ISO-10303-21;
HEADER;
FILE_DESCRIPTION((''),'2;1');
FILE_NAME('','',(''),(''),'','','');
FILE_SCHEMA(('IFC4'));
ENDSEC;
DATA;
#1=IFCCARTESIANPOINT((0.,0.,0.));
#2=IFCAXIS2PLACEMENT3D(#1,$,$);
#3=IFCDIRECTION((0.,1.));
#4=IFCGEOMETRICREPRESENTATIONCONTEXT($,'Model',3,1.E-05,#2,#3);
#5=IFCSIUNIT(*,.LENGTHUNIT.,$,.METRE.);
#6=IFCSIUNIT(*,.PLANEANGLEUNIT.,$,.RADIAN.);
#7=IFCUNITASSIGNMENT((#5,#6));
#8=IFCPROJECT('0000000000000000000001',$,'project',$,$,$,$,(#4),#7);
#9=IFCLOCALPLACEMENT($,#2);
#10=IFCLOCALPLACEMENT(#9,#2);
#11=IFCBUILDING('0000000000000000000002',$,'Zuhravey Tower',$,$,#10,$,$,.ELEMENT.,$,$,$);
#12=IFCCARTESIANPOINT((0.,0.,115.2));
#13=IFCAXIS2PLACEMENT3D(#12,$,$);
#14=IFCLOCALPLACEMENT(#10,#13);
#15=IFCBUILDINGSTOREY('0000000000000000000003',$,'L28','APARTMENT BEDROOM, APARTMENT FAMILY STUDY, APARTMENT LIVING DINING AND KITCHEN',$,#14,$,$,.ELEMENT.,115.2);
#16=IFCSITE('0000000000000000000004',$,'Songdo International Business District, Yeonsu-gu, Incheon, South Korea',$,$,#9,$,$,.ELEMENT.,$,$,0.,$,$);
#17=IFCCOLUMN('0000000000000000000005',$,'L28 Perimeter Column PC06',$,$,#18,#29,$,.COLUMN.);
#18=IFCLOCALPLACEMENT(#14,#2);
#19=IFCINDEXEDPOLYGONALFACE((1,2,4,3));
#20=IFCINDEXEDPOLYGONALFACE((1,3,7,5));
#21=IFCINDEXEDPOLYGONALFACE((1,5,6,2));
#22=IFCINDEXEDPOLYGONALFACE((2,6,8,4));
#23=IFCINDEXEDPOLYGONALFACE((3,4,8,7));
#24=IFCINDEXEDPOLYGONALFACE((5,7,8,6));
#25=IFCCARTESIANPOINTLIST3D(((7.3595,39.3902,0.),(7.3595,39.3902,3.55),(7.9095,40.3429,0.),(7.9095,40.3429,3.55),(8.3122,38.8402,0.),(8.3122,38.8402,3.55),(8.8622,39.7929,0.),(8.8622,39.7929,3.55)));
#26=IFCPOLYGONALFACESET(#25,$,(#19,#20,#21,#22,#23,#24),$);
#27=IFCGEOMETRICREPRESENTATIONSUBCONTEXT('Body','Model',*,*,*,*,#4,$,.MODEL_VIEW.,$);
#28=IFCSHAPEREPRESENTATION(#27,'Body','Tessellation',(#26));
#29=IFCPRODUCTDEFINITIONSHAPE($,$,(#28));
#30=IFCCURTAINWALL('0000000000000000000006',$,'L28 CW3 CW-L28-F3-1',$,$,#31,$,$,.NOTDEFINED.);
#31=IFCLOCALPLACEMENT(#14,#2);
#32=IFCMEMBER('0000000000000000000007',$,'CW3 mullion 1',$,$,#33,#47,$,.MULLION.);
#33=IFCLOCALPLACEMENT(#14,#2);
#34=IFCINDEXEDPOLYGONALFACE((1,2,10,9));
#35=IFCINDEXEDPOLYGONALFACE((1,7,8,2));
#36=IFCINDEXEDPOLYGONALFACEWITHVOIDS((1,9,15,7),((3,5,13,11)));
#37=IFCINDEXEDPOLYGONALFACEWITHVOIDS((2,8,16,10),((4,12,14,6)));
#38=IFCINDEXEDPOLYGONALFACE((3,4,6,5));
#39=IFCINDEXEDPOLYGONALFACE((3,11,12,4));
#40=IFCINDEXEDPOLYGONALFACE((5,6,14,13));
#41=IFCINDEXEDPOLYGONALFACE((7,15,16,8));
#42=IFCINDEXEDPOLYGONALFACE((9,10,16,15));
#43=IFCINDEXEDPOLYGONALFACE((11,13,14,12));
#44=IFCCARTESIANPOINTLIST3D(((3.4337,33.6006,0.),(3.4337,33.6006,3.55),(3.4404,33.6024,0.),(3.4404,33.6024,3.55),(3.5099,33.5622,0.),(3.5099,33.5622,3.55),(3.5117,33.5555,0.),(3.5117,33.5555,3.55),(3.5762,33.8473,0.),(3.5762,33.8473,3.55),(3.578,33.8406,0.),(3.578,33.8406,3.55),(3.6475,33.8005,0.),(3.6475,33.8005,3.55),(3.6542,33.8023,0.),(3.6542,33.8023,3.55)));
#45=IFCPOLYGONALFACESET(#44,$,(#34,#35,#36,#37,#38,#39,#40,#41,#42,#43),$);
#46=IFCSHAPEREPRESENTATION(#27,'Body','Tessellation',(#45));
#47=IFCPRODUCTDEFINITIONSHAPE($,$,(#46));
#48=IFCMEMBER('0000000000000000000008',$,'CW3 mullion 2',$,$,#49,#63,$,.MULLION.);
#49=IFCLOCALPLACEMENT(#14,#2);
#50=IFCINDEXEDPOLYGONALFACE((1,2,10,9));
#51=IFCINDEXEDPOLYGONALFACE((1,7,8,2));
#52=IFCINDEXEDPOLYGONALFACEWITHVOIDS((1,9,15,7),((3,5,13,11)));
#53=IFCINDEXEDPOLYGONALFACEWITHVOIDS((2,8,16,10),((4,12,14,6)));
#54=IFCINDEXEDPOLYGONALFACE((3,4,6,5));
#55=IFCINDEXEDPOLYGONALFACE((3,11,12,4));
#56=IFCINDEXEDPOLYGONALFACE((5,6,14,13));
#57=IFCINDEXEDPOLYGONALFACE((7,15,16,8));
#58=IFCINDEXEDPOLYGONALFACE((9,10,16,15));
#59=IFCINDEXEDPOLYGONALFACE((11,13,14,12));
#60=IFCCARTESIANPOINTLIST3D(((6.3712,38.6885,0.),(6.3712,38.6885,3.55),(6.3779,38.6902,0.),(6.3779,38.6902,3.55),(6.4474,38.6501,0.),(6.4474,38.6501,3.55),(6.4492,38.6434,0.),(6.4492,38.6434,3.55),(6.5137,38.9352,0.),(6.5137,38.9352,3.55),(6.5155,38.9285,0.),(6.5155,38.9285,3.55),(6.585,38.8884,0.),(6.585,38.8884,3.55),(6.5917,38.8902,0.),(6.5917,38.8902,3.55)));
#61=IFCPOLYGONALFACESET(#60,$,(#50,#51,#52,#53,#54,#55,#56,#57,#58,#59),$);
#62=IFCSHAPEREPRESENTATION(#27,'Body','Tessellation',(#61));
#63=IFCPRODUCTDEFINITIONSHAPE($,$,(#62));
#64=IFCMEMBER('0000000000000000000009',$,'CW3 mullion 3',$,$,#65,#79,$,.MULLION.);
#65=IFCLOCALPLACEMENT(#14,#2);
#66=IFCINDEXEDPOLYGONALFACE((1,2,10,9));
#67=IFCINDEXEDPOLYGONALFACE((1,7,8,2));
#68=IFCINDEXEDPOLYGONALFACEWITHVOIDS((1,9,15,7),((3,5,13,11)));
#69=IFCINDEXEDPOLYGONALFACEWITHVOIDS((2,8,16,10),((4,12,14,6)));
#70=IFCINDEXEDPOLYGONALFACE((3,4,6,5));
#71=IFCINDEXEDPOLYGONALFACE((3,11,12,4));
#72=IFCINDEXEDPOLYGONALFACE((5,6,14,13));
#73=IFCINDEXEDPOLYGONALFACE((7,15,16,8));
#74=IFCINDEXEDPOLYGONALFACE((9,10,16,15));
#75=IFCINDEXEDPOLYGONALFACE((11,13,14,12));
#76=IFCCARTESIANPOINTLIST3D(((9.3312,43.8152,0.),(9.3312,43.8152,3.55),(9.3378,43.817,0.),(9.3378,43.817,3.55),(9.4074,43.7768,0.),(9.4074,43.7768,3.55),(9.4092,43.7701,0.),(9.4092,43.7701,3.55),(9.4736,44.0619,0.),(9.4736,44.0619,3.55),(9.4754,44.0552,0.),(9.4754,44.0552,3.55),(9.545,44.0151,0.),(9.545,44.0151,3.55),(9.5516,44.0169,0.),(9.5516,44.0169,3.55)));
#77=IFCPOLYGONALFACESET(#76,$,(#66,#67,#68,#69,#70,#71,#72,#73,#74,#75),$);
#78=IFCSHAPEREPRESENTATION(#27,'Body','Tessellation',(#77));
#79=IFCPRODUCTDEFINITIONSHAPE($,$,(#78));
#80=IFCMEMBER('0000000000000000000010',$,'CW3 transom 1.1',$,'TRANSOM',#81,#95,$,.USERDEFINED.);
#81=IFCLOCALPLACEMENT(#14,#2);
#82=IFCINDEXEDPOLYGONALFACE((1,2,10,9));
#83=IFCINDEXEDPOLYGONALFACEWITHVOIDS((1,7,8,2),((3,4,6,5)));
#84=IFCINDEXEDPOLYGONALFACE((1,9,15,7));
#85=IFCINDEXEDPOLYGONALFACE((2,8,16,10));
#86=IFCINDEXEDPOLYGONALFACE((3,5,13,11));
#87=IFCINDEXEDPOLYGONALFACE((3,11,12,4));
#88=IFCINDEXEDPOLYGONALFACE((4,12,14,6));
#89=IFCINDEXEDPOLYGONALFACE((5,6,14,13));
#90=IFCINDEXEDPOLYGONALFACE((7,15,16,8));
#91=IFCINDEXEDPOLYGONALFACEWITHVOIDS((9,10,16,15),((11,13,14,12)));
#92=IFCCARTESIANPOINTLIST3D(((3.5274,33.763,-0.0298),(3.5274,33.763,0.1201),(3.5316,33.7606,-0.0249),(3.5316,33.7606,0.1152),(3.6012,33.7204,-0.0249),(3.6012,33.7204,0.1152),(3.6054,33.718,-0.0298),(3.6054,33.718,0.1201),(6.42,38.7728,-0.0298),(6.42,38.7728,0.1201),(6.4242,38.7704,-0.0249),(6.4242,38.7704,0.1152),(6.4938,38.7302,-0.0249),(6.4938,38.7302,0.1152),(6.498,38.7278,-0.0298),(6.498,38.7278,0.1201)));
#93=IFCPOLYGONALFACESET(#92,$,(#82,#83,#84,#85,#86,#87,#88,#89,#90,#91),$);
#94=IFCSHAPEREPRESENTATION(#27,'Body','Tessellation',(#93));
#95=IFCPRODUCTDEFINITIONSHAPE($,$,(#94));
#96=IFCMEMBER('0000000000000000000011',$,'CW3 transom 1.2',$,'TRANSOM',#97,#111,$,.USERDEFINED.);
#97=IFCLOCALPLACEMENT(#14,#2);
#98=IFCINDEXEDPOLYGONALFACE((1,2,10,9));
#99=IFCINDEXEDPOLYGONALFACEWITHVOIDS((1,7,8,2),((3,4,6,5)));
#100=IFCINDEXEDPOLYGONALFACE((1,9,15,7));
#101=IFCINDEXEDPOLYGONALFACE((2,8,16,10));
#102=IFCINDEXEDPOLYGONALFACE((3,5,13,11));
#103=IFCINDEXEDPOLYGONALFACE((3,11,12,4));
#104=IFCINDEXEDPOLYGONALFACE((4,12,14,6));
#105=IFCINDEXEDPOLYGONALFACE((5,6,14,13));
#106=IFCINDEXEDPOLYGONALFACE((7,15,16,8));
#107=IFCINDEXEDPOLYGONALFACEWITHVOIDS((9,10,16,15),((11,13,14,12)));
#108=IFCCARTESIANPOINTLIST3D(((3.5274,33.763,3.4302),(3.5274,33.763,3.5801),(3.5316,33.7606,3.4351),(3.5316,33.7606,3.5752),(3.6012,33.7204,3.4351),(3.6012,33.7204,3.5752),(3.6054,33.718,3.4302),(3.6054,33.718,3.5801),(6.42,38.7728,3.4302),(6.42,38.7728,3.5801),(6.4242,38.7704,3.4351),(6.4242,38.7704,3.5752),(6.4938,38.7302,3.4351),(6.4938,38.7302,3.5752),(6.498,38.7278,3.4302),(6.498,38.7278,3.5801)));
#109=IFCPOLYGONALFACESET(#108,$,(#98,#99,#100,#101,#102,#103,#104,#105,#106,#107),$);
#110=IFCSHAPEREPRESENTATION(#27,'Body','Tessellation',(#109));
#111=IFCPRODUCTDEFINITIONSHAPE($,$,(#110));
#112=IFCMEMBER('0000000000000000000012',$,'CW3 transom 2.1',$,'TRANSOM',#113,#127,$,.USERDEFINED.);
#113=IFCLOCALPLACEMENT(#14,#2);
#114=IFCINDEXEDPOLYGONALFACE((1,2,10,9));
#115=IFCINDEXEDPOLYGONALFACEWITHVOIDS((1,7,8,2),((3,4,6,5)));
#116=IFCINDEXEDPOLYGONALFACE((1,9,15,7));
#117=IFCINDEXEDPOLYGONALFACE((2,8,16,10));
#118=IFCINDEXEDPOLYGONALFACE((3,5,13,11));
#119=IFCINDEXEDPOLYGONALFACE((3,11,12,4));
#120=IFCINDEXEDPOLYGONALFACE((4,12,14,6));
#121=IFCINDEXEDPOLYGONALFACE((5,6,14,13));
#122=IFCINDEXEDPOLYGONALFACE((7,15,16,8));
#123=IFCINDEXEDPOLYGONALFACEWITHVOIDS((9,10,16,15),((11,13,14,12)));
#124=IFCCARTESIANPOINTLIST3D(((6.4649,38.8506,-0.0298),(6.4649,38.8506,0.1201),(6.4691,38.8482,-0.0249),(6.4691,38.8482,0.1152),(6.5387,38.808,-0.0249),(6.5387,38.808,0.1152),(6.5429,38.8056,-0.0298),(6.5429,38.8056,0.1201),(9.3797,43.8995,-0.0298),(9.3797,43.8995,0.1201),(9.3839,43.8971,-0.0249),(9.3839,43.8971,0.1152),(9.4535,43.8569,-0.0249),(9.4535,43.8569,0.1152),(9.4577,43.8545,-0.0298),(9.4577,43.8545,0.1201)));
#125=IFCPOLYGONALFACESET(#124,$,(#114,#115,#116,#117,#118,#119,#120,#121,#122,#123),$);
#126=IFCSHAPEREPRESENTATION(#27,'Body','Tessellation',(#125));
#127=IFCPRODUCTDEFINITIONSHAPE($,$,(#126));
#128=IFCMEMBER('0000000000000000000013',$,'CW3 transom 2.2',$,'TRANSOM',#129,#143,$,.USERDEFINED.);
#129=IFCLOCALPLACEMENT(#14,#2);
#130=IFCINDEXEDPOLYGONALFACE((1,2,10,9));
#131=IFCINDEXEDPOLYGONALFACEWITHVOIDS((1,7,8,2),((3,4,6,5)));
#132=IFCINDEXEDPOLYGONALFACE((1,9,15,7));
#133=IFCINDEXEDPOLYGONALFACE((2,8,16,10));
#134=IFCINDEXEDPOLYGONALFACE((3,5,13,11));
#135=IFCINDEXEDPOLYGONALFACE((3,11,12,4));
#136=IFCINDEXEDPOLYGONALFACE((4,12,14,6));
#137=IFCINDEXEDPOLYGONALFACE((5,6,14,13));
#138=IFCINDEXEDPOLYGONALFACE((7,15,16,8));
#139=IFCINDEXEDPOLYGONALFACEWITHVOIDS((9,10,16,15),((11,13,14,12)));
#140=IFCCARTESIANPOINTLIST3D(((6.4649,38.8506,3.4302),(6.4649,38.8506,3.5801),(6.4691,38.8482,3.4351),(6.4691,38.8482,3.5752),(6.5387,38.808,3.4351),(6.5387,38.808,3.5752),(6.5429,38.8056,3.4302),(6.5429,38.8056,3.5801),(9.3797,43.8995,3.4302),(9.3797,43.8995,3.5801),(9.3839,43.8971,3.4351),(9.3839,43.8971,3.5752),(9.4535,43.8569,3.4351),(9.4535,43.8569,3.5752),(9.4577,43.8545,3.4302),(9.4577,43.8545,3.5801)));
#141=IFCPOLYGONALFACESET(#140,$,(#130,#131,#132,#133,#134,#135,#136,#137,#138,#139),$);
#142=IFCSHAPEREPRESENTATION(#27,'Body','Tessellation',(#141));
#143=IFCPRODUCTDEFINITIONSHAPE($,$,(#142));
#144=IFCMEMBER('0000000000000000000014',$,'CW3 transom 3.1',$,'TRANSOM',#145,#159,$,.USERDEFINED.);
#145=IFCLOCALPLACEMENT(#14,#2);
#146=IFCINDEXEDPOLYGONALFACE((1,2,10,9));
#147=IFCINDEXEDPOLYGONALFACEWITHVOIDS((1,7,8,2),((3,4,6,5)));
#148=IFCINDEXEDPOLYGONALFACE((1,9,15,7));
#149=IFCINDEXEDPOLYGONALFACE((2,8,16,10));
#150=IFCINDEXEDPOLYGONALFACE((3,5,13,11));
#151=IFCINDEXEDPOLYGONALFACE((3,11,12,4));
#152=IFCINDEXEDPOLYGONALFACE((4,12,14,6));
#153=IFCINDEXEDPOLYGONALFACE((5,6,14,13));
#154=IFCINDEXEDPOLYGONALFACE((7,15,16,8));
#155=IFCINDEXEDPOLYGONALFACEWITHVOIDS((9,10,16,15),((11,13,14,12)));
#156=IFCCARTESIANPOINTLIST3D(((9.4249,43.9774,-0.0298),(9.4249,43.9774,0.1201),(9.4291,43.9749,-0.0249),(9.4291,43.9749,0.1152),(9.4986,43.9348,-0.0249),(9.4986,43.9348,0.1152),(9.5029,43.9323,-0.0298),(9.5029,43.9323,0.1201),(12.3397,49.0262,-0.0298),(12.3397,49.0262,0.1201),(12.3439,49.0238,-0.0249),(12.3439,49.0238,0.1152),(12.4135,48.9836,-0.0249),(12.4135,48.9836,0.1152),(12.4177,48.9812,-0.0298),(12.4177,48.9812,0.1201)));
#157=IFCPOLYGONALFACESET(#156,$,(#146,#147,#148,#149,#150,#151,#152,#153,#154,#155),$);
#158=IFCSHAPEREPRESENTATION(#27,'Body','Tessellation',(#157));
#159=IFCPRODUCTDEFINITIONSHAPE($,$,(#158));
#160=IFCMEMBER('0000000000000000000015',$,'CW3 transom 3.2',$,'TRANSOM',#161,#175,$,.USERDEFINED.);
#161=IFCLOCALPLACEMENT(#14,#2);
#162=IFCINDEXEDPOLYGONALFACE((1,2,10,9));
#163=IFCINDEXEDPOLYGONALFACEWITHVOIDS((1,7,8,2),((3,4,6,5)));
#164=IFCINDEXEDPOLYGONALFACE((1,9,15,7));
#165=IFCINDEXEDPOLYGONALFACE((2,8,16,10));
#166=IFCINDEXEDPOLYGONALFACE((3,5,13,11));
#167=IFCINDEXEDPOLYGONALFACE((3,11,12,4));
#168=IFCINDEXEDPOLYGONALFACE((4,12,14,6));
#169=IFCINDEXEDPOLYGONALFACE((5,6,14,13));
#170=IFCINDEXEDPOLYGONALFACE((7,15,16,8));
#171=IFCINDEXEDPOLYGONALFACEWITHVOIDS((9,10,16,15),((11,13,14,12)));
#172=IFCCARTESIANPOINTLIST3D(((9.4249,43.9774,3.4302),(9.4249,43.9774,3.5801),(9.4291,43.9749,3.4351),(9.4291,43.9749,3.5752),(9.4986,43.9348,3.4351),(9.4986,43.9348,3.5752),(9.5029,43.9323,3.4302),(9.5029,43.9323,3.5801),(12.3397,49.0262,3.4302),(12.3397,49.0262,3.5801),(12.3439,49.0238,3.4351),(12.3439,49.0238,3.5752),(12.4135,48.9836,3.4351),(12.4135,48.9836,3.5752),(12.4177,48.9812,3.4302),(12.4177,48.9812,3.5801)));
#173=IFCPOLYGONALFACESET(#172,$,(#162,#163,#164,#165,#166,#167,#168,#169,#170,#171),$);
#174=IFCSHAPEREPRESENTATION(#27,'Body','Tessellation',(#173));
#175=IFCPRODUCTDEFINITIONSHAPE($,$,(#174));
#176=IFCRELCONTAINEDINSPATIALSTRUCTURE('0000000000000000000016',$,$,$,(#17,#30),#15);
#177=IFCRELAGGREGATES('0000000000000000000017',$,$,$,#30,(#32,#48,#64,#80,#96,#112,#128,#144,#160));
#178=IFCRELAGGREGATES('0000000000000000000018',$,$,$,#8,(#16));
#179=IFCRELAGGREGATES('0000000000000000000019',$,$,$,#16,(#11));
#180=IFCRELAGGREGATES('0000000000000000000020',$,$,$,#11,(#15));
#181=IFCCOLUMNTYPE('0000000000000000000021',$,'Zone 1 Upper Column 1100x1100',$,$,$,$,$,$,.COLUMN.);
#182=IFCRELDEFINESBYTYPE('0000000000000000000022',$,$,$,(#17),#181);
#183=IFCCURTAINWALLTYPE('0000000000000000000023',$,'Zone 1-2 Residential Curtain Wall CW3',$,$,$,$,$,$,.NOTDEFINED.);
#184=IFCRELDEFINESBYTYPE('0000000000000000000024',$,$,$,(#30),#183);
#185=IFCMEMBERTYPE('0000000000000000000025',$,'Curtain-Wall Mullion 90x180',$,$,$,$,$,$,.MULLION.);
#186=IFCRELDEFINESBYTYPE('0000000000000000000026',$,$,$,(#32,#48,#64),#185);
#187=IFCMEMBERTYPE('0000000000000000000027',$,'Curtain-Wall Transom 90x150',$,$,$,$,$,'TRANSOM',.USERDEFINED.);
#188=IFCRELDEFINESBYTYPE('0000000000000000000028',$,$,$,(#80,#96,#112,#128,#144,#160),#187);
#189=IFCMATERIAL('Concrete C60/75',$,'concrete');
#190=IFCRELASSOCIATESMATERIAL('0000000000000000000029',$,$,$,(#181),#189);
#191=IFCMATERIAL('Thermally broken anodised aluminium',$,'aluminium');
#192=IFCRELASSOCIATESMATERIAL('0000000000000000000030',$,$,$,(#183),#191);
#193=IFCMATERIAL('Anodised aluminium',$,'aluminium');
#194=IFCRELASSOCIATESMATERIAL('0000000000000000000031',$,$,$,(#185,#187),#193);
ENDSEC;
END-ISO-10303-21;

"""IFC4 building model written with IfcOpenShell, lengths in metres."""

from ifc_helpers import new_model, si_unit, direction, frame, origin, origin_2d, place, context, subcontext, project, spatial, rectangle, hollow_rectangle, extrude, material, material_profile, profile_set, type_object, element, aggregate, save


model = new_model("IFC4")

# Units and contexts
model_context = context("Model", 3, precision=1e-05, world=origin(), true_north=direction((0.0, 1.0)))
body_context = subcontext(model_context, "Body", "Model", "MODEL_VIEW")
ifc_project = project(units=[si_unit("LENGTHUNIT", "METRE"), si_unit("PLANEANGLEUNIT", "RADIAN")], contexts=[model_context])

# Site, building, storey
site_placement = place(None, origin())
site = spatial("IfcSite", under=ifc_project, at=site_placement, Name="Songdo International Business District, Yeonsu-gu, Incheon, South Korea", CompositionType="ELEMENT", RefElevation=0.0)
building_placement = place(site_placement, origin())
building = spatial("IfcBuilding", under=site, at=building_placement, Name="Zuhravey Tower", CompositionType="ELEMENT")
storey_placement = place(building_placement, frame((0.0, 0.0, 115.2)))
storey = spatial("IfcBuildingStorey", under=building, at=storey_placement, Name="L28", Description="APARTMENT BEDROOM, APARTMENT FAMILY STUDY, APARTMENT LIVING DINING AND KITCHEN", CompositionType="ELEMENT", Elevation=115.2)

# Column
ifc_material_1 = material(Name="Concrete C60/75", Category="concrete")
ifc_material_profile_1 = material_profile(ifc_material_1, rectangle(XDim=1.1001, YDim=1.1001, at=origin_2d()), Name="RC-1100x1100")
ifc_profile_set_1 = profile_set([ifc_material_profile_1], Name="Concrete C60/75")
column_type = type_object("IfcColumnType", Name="Zone 1 Upper Column 1100x1100", PredefinedType="COLUMN", material=ifc_profile_set_1)
column_placement = place(storey_placement, frame((8.1108, 39.5916, 0.0), z_axis=(0.0, 0.0, 1.0), x_axis=(-0.5, -0.866025, 0.0)))
element("IfcColumn", 1, at=column_placement, inside=storey, type_object=column_type, Name="L28 Perimeter Column PC06", PredefinedType="COLUMN", context=body_context, shape_type="SweptSolid", body=[
    extrude(rectangle(XDim=1.1001, YDim=1.1001, at=origin_2d()), origin(), (0.0, 0.0, 1.0), 3.55),
])

# Curtain wall, members
ifc_material_2 = material(Name="Thermally broken anodised aluminium", Category="aluminium")
curtain_wall_type = type_object("IfcCurtainWallType", Name="Zone 1-2 Residential Curtain Wall CW3", PredefinedType="NOTDEFINED", material=ifc_material_2)
curtain_wall_placement = place(storey_placement, origin())
curtain_wall = element("IfcCurtainWall", 2, at=curtain_wall_placement, inside=storey, type_object=curtain_wall_type, Name="L28 CW3 CW-L28-F3-1", PredefinedType="NOTDEFINED")
ifc_material_3 = material(Name="Anodised aluminium", Category="aluminium")
ifc_material_profile_2 = material_profile(ifc_material_3, hollow_rectangle(XDim=0.0901, YDim=0.2849, WallThickness=0.0049, at=origin_2d()), Name="ALU-RHS-90x285x5")
ifc_profile_set_2 = profile_set([ifc_material_profile_2], Name="Anodised aluminium")
member_type_1 = type_object("IfcMemberType", Name="Curtain-Wall Mullion 90x180", PredefinedType="MULLION", material=ifc_profile_set_2)
member_1_placement = place(storey_placement, frame((3.5439, 33.7014, 0.0), z_axis=(0.0, 0.0, 1.0), x_axis=(-0.866026, 0.5, 0.0)))
member_1 = element("IfcMember", 3, at=member_1_placement, type_object=member_type_1, Name="CW3 mullion 1", PredefinedType="MULLION", context=body_context, shape_type="SweptSolid", body=[
    extrude(hollow_rectangle(XDim=0.0901, YDim=0.2849, WallThickness=0.0049, at=origin_2d()), origin(), (0.0, 0.0, 1.0), 3.55),
])
member_2_placement = place(storey_placement, frame((6.4814, 38.7893, 0.0), z_axis=(0.0, 0.0, 1.0), x_axis=(-0.866026, 0.5, 0.0)))
member_2 = element("IfcMember", 4, at=member_2_placement, type_object=member_type_1, Name="CW3 mullion 2", PredefinedType="MULLION", context=body_context, shape_type="SweptSolid", body=[
    extrude(hollow_rectangle(XDim=0.0901, YDim=0.2849, WallThickness=0.0049, at=origin_2d()), origin(), (0.0, 0.0, 1.0), 3.55),
])
member_3_placement = place(storey_placement, frame((9.4414, 43.916, 0.0), z_axis=(0.0, 0.0, 1.0), x_axis=(-0.866026, 0.5, 0.0)))
member_3 = element("IfcMember", 5, at=member_3_placement, type_object=member_type_1, Name="CW3 mullion 3", PredefinedType="MULLION", context=body_context, shape_type="SweptSolid", body=[
    extrude(hollow_rectangle(XDim=0.0901, YDim=0.2849, WallThickness=0.0049, at=origin_2d()), origin(), (0.0, 0.0, 1.0), 3.55),
])
ifc_material_profile_3 = material_profile(ifc_material_3, hollow_rectangle(XDim=0.0901, YDim=0.1499, WallThickness=0.0049, at=origin_2d()), Name="ALU-RHS-90x150x5")
ifc_profile_set_3 = profile_set([ifc_material_profile_3], Name="Anodised aluminium")
member_type_2 = type_object("IfcMemberType", Name="Curtain-Wall Transom 90x150", ElementType="TRANSOM", PredefinedType="USERDEFINED", material=ifc_profile_set_3)
member_4_placement = place(storey_placement, frame((3.5664, 33.7405, 0.0452), z_axis=(0.500024, 0.866011, 0.0), x_axis=(-0.866011, 0.500024, 0.0)))
member_4 = element("IfcMember", 6, at=member_4_placement, type_object=member_type_2, Name="CW3 transom 1.1", ObjectType="TRANSOM", PredefinedType="USERDEFINED", context=body_context, shape_type="SweptSolid", body=[
    extrude(hollow_rectangle(XDim=0.0901, YDim=0.1499, WallThickness=0.0049, at=origin_2d()), origin(), (0.0, 0.0, 1.0), 5.7849),
])
member_5_placement = place(storey_placement, frame((3.5664, 33.7405, 3.5051), z_axis=(0.500024, 0.866011, 0.0), x_axis=(-0.866011, 0.500024, 0.0)))
member_5 = element("IfcMember", 7, at=member_5_placement, type_object=member_type_2, Name="CW3 transom 1.2", ObjectType="TRANSOM", PredefinedType="USERDEFINED", context=body_context, shape_type="SweptSolid", body=[
    extrude(hollow_rectangle(XDim=0.0901, YDim=0.1499, WallThickness=0.0049, at=origin_2d()), origin(), (0.0, 0.0, 1.0), 5.7849),
])
member_6_placement = place(storey_placement, frame((6.5039, 38.8281, 0.0452), z_axis=(0.499981, 0.866036, 0.0), x_axis=(-0.866036, 0.499981, 0.0)))
member_6 = element("IfcMember", 8, at=member_6_placement, type_object=member_type_2, Name="CW3 transom 2.1", ObjectType="TRANSOM", PredefinedType="USERDEFINED", context=body_context, shape_type="SweptSolid", body=[
    extrude(hollow_rectangle(XDim=0.0901, YDim=0.1499, WallThickness=0.0049, at=origin_2d()), origin(), (0.0, 0.0, 1.0), 5.8298),
])
member_7_placement = place(storey_placement, frame((6.5039, 38.8281, 3.5051), z_axis=(0.499981, 0.866036, 0.0), x_axis=(-0.866036, 0.499981, 0.0)))
member_7 = element("IfcMember", 9, at=member_7_placement, type_object=member_type_2, Name="CW3 transom 2.2", ObjectType="TRANSOM", PredefinedType="USERDEFINED", context=body_context, shape_type="SweptSolid", body=[
    extrude(hollow_rectangle(XDim=0.0901, YDim=0.1499, WallThickness=0.0049, at=origin_2d()), origin(), (0.0, 0.0, 1.0), 5.8298),
])
member_8_placement = place(storey_placement, frame((9.4639, 43.9548, 0.0452), z_axis=(0.499981, 0.866036, 0.0), x_axis=(-0.866036, 0.499981, 0.0)))
member_8 = element("IfcMember", 10, at=member_8_placement, type_object=member_type_2, Name="CW3 transom 3.1", ObjectType="TRANSOM", PredefinedType="USERDEFINED", context=body_context, shape_type="SweptSolid", body=[
    extrude(hollow_rectangle(XDim=0.0901, YDim=0.1499, WallThickness=0.0049, at=origin_2d()), origin(), (0.0, 0.0, 1.0), 5.8298),
])
member_9_placement = place(storey_placement, frame((9.4639, 43.9548, 3.5051), z_axis=(0.499981, 0.866036, 0.0), x_axis=(-0.866036, 0.499981, 0.0)))
member_9 = element("IfcMember", 11, at=member_9_placement, type_object=member_type_2, Name="CW3 transom 3.2", ObjectType="TRANSOM", PredefinedType="USERDEFINED", context=body_context, shape_type="SweptSolid", body=[
    extrude(hollow_rectangle(XDim=0.0901, YDim=0.1499, WallThickness=0.0049, at=origin_2d()), origin(), (0.0, 0.0, 1.0), 5.8298),
])

aggregate(curtain_wall, [member_1, member_2, member_3, member_4, member_5, member_6, member_7, member_8, member_9])

save(model, "model.ifc")
